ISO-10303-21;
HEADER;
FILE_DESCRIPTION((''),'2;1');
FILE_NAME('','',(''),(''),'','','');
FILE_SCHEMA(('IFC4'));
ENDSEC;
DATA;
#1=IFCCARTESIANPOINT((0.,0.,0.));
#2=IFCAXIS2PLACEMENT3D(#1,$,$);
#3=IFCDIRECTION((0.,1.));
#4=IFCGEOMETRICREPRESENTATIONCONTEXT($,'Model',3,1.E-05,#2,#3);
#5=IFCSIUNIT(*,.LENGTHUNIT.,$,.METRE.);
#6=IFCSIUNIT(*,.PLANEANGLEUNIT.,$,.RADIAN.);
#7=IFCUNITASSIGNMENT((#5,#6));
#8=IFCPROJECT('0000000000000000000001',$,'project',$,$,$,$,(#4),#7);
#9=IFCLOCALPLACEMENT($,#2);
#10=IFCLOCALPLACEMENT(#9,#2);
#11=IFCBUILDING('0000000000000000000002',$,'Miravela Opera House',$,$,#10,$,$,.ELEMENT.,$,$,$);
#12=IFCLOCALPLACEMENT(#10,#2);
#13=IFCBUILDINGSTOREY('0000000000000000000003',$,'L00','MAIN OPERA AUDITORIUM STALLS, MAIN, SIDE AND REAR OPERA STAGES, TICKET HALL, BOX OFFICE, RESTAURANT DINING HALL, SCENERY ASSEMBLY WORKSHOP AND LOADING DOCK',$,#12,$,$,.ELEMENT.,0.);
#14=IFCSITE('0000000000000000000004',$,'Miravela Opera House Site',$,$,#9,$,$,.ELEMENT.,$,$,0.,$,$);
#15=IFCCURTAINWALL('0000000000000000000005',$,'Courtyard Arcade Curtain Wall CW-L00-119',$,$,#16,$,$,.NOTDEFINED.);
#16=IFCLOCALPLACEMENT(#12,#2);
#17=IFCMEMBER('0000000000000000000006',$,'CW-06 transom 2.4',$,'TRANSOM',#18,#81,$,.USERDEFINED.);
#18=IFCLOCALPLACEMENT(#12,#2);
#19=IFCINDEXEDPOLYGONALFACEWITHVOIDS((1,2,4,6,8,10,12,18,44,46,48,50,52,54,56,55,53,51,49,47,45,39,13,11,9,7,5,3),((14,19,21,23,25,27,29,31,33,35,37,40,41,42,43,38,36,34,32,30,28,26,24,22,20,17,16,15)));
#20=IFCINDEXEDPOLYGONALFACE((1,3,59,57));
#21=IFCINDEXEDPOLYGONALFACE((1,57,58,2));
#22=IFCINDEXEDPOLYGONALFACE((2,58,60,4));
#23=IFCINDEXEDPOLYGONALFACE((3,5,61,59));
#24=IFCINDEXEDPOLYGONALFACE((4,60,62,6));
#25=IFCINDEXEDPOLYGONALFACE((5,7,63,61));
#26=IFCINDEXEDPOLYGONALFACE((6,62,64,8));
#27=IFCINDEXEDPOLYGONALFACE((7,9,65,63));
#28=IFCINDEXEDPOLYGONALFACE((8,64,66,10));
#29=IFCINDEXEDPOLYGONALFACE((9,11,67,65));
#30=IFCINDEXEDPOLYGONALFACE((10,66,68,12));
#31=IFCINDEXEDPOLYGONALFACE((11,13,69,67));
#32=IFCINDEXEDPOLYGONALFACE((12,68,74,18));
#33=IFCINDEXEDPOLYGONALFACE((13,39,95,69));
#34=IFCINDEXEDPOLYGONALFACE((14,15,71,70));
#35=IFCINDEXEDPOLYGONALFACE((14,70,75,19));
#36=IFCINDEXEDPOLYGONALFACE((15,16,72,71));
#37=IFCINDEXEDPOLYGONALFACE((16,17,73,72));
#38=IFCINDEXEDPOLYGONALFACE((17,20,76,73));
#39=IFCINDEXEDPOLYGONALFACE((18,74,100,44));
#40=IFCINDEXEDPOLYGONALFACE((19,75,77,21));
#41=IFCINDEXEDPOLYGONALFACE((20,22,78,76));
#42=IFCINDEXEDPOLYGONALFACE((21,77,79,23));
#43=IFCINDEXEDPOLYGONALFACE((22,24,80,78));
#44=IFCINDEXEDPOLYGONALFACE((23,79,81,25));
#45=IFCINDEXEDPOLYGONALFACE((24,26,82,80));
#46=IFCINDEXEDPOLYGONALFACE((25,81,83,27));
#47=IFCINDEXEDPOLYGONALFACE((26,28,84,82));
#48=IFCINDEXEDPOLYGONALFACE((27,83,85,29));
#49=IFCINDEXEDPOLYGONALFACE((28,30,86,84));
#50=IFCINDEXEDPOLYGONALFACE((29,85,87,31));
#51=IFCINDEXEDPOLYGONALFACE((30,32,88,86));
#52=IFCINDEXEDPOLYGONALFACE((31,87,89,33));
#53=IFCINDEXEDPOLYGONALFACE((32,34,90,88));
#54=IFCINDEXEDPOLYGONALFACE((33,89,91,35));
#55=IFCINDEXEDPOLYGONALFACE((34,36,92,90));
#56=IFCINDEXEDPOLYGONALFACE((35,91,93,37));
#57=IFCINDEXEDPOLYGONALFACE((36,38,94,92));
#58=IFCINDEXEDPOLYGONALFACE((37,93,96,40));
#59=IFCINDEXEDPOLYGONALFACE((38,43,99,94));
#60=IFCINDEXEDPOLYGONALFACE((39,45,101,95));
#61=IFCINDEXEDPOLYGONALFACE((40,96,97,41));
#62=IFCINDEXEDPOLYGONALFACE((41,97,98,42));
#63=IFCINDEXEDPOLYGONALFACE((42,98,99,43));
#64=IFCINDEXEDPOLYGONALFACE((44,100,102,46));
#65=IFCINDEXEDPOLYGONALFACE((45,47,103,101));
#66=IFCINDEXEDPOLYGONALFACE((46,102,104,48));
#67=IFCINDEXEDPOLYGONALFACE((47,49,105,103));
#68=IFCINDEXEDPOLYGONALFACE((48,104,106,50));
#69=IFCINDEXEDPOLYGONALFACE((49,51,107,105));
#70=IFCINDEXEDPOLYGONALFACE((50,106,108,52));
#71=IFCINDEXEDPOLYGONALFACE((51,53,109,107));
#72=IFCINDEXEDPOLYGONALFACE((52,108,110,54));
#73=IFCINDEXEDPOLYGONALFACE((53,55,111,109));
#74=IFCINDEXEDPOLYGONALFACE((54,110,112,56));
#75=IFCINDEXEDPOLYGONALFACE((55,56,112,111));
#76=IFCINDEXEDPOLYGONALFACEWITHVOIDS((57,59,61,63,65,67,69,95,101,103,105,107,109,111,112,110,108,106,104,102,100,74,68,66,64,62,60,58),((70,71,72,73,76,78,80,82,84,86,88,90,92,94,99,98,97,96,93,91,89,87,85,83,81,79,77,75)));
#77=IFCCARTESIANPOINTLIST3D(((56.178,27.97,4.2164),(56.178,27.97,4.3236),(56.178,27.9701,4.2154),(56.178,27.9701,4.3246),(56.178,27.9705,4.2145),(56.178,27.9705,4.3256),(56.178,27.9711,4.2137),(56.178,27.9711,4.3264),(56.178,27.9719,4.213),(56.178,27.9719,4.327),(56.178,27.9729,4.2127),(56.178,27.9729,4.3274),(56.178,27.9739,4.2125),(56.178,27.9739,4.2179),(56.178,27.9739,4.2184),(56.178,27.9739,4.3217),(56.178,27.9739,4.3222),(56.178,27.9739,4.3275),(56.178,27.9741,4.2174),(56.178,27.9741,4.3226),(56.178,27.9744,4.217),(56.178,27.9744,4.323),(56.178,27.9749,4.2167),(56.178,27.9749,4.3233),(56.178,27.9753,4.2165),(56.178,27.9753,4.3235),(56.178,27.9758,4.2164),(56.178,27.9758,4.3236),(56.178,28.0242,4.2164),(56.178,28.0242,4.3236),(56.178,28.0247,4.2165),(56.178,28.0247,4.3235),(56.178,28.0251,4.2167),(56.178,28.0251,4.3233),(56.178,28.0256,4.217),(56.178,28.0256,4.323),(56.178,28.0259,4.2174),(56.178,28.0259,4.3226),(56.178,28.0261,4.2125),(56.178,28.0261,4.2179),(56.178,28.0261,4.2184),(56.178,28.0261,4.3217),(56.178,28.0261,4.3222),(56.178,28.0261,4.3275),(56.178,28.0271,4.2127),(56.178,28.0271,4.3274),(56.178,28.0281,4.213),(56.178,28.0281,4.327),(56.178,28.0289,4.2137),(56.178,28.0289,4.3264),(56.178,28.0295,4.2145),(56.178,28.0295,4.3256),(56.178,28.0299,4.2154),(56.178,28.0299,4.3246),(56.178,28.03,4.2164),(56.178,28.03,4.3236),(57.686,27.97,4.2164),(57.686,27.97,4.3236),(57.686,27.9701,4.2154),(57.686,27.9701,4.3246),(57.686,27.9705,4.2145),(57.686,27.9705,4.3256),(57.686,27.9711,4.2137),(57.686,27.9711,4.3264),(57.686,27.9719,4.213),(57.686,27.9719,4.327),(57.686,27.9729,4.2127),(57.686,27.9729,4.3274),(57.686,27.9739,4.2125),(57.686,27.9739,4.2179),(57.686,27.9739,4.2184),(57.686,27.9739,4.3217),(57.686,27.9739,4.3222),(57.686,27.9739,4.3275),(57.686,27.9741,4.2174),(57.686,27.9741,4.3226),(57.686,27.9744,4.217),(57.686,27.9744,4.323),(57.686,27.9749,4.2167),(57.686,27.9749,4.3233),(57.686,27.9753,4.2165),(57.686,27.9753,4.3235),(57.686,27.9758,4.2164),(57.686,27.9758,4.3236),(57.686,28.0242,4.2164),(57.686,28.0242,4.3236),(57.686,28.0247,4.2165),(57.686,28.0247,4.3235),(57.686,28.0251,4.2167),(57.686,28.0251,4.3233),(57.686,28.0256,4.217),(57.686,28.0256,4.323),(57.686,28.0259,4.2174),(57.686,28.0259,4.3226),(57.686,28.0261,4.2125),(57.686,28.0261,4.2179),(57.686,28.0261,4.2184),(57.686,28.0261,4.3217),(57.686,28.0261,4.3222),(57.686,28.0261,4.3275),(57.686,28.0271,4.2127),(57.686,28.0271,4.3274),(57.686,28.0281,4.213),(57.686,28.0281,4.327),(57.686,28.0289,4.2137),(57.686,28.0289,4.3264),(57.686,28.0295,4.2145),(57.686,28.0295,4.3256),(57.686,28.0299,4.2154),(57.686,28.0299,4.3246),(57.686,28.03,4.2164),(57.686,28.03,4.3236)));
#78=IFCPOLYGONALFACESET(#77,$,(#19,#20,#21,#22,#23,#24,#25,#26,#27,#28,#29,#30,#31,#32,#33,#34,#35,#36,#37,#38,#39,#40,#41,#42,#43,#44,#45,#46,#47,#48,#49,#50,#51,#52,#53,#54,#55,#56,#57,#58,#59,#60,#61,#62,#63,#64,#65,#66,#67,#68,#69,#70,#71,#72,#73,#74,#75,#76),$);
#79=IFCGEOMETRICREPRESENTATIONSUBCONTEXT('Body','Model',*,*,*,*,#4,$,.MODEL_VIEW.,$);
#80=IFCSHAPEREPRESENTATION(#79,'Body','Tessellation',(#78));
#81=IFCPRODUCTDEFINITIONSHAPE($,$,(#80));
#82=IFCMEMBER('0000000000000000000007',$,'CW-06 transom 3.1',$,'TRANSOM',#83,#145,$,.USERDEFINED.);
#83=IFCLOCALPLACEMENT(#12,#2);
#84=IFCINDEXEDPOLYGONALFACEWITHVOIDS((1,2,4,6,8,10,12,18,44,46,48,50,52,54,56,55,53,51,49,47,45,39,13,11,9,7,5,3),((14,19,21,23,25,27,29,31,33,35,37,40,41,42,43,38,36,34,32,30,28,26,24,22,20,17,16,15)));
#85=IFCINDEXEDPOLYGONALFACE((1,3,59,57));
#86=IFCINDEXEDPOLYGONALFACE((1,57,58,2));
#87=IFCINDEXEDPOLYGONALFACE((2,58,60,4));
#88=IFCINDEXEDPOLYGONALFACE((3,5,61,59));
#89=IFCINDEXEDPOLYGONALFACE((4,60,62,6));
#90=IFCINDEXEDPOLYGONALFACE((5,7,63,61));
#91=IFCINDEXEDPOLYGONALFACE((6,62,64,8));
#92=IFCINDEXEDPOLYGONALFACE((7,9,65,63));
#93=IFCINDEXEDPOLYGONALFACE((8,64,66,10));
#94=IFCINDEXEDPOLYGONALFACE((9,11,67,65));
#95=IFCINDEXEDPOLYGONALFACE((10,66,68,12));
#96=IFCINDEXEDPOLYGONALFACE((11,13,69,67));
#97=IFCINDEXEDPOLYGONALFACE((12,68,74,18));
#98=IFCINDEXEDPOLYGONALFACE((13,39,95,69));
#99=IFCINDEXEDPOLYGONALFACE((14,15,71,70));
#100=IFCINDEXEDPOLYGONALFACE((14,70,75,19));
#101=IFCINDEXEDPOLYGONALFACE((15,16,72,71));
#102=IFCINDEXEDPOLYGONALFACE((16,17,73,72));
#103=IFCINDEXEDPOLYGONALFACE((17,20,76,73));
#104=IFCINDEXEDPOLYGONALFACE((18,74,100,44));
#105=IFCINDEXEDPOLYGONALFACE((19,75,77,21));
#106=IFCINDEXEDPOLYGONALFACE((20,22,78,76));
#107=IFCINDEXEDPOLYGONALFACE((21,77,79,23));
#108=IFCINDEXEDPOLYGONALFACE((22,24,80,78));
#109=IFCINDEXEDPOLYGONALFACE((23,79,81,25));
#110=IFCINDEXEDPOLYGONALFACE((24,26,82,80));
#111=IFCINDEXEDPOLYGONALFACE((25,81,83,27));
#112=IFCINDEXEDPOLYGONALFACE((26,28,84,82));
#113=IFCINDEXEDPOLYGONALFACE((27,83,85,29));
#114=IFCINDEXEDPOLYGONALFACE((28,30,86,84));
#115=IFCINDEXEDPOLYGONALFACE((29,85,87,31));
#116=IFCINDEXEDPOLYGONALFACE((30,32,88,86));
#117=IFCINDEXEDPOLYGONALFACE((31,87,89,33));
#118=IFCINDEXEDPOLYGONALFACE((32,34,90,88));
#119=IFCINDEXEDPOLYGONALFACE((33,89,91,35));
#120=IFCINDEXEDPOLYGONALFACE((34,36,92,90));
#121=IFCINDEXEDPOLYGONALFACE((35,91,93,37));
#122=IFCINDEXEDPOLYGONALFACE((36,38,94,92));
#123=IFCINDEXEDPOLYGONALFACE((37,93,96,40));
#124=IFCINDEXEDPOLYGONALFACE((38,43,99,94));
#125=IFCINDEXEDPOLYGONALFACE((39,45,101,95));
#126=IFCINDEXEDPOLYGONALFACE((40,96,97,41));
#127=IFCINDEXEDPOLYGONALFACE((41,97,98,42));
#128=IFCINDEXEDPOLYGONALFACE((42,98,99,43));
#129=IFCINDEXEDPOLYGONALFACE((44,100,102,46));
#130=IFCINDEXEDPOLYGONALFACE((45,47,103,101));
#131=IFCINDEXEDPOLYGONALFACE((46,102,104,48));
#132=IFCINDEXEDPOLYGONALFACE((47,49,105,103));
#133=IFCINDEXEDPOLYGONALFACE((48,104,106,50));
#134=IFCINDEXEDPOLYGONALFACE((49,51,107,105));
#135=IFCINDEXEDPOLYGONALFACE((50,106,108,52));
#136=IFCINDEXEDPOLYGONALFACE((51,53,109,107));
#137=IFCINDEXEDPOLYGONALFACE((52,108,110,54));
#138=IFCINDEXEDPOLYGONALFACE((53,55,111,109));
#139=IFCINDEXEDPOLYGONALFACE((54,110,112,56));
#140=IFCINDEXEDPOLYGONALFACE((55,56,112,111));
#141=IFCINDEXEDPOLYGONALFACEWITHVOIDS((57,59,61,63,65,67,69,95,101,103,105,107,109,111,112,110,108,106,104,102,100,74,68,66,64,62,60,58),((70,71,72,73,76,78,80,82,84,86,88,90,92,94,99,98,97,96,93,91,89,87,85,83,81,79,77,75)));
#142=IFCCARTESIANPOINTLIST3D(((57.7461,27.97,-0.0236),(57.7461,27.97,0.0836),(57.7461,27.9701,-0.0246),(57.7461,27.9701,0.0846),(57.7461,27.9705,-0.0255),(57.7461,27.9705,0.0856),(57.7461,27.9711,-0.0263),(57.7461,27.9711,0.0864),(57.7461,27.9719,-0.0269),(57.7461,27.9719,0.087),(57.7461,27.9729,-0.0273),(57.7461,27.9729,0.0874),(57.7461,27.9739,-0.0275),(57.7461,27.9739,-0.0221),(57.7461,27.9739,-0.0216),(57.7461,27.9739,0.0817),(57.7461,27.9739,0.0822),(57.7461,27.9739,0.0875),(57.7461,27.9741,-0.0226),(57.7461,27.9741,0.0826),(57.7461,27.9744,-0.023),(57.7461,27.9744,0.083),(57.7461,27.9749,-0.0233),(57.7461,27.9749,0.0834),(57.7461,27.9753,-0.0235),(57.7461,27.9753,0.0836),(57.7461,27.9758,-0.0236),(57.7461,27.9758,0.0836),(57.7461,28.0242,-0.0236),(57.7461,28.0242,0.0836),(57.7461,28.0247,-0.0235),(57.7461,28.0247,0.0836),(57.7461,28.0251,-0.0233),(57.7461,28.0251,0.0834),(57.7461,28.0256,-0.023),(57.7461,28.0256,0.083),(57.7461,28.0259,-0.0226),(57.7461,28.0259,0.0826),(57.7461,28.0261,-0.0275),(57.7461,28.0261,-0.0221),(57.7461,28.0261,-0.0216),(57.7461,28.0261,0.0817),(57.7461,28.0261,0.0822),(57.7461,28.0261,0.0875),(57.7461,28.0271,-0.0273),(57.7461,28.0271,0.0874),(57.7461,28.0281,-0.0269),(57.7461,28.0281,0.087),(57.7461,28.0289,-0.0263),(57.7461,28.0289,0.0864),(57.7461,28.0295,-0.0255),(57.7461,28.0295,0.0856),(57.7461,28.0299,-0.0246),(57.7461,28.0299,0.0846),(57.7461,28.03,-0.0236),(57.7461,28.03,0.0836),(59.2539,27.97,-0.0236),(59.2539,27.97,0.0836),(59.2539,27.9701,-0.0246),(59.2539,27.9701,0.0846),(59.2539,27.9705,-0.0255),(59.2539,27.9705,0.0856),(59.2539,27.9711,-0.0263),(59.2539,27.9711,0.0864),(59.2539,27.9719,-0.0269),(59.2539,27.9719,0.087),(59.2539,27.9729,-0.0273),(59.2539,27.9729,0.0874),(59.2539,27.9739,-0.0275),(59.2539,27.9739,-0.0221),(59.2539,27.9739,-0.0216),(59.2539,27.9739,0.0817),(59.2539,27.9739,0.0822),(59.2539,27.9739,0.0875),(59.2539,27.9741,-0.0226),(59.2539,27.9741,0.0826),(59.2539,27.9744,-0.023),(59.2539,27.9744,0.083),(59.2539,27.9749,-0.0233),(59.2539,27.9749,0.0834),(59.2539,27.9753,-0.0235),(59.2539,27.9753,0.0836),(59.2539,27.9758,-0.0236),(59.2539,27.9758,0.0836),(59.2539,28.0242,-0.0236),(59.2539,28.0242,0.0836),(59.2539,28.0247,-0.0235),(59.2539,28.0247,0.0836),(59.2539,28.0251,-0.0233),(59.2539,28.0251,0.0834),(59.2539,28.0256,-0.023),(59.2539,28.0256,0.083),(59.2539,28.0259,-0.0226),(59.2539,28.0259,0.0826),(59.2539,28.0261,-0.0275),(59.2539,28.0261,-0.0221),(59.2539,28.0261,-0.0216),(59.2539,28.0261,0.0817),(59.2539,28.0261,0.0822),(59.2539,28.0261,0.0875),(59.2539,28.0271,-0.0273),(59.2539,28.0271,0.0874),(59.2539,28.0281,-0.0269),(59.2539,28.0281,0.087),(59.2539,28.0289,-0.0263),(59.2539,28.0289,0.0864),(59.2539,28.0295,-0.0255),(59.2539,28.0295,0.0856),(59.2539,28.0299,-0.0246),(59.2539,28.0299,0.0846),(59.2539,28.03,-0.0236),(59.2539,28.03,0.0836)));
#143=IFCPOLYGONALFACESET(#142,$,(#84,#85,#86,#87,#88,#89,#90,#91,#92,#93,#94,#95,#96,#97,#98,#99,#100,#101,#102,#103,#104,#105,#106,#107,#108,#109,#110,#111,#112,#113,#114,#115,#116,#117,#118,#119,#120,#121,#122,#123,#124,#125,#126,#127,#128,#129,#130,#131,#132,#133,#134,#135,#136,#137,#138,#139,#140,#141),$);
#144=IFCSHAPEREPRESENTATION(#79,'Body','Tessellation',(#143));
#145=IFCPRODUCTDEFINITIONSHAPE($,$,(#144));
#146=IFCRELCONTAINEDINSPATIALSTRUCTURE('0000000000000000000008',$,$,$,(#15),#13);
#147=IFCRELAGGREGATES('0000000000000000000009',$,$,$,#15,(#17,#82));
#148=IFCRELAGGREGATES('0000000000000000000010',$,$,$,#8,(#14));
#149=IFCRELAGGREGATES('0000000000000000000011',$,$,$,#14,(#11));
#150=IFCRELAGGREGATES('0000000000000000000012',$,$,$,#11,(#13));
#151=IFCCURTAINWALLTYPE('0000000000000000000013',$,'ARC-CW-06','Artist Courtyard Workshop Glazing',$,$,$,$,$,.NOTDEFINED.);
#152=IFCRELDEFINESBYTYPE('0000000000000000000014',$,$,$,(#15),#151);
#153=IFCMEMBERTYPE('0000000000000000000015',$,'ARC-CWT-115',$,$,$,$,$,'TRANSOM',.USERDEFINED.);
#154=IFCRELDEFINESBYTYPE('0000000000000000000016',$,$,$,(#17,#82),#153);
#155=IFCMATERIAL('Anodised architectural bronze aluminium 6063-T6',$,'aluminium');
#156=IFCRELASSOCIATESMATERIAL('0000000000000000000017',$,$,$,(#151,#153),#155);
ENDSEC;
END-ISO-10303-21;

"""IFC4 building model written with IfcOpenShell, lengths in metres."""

from ifc_helpers import new_model, si_unit, direction, frame, origin, origin_2d, place, context, subcontext, project, spatial, hollow_rectangle, extrude, material, material_profile, profile_set, type_object, element, aggregate, save


model = new_model("IFC4")

# Units and contexts
model_context = context("Model", 3, precision=1e-05, world=origin(), true_north=direction((0.0, 1.0)))
body_context = subcontext(model_context, "Body", "Model", "MODEL_VIEW")
ifc_project = project(units=[si_unit("LENGTHUNIT", "METRE"), si_unit("PLANEANGLEUNIT", "RADIAN")], contexts=[model_context])

# Site, building, storey
site_placement = place(None, origin())
site = spatial("IfcSite", under=ifc_project, at=site_placement, Name="Miravela Opera House Site", CompositionType="ELEMENT", RefElevation=0.0)
building_placement = place(site_placement, origin())
building = spatial("IfcBuilding", under=site, at=building_placement, Name="Miravela Opera House", CompositionType="ELEMENT")
storey_placement = place(building_placement, origin())
storey = spatial("IfcBuildingStorey", under=building, at=storey_placement, Name="L00", Description="MAIN OPERA AUDITORIUM STALLS, MAIN, SIDE AND REAR OPERA STAGES, TICKET HALL, BOX OFFICE, RESTAURANT DINING HALL, SCENERY ASSEMBLY WORKSHOP AND LOADING DOCK", CompositionType="ELEMENT", Elevation=0.0)

# Curtain wall, members
ifc_material_1 = material(Name="Anodised architectural bronze aluminium 6063-T6", Category="aluminium")
curtain_wall_type = type_object("IfcCurtainWallType", Name="ARC-CW-06", Description="Artist Courtyard Workshop Glazing", PredefinedType="NOTDEFINED", material=ifc_material_1)
curtain_wall_placement = place(storey_placement, origin())
curtain_wall = element("IfcCurtainWall", 1, at=curtain_wall_placement, inside=storey, type_object=curtain_wall_type, Name="Courtyard Arcade Curtain Wall CW-L00-119", PredefinedType="NOTDEFINED")
ifc_material_profile_1 = material_profile(ifc_material_1, hollow_rectangle(XDim=0.0601, YDim=0.115, WallThickness=0.0039, InnerFilletRadius=0.002, OuterFilletRadius=0.0039, at=origin_2d()), Name="CWT-60X115")
ifc_profile_set_1 = profile_set([ifc_material_profile_1])
member_type_1 = type_object("IfcMemberType", Name="ARC-CWT-115", ElementType="TRANSOM", PredefinedType="USERDEFINED", material=ifc_profile_set_1)
member_1_placement = place(storey_placement, frame((56.178, 28.0, 4.27), z_axis=(1.0, 0.0, 0.0), x_axis=(0.0, 1.0, 0.0)))
member_1 = element("IfcMember", 2, at=member_1_placement, type_object=member_type_1, Name="CW-06 transom 2.4", ObjectType="TRANSOM", PredefinedType="USERDEFINED", context=body_context, shape_type="SweptSolid", body=[
    extrude(hollow_rectangle(XDim=0.0601, YDim=0.115, WallThickness=0.0039, InnerFilletRadius=0.002, OuterFilletRadius=0.0039, at=origin_2d()), origin(), (0.0, 0.0, 1.0), 1.5081),
])
member_2_placement = place(storey_placement, frame((57.7461, 28.0, 0.03), z_axis=(1.0, 0.0, 0.0), x_axis=(0.0, 1.0, 0.0)))
member_2 = element("IfcMember", 3, at=member_2_placement, type_object=member_type_1, Name="CW-06 transom 3.1", ObjectType="TRANSOM", PredefinedType="USERDEFINED", context=body_context, shape_type="SweptSolid", body=[
    extrude(hollow_rectangle(XDim=0.0601, YDim=0.115, WallThickness=0.0039, InnerFilletRadius=0.002, OuterFilletRadius=0.0039, at=origin_2d()), origin(), (0.0, 0.0, 1.0), 1.5078),
])
aggregate(curtain_wall, [member_1, member_2])

save(model, "model.ifc")
